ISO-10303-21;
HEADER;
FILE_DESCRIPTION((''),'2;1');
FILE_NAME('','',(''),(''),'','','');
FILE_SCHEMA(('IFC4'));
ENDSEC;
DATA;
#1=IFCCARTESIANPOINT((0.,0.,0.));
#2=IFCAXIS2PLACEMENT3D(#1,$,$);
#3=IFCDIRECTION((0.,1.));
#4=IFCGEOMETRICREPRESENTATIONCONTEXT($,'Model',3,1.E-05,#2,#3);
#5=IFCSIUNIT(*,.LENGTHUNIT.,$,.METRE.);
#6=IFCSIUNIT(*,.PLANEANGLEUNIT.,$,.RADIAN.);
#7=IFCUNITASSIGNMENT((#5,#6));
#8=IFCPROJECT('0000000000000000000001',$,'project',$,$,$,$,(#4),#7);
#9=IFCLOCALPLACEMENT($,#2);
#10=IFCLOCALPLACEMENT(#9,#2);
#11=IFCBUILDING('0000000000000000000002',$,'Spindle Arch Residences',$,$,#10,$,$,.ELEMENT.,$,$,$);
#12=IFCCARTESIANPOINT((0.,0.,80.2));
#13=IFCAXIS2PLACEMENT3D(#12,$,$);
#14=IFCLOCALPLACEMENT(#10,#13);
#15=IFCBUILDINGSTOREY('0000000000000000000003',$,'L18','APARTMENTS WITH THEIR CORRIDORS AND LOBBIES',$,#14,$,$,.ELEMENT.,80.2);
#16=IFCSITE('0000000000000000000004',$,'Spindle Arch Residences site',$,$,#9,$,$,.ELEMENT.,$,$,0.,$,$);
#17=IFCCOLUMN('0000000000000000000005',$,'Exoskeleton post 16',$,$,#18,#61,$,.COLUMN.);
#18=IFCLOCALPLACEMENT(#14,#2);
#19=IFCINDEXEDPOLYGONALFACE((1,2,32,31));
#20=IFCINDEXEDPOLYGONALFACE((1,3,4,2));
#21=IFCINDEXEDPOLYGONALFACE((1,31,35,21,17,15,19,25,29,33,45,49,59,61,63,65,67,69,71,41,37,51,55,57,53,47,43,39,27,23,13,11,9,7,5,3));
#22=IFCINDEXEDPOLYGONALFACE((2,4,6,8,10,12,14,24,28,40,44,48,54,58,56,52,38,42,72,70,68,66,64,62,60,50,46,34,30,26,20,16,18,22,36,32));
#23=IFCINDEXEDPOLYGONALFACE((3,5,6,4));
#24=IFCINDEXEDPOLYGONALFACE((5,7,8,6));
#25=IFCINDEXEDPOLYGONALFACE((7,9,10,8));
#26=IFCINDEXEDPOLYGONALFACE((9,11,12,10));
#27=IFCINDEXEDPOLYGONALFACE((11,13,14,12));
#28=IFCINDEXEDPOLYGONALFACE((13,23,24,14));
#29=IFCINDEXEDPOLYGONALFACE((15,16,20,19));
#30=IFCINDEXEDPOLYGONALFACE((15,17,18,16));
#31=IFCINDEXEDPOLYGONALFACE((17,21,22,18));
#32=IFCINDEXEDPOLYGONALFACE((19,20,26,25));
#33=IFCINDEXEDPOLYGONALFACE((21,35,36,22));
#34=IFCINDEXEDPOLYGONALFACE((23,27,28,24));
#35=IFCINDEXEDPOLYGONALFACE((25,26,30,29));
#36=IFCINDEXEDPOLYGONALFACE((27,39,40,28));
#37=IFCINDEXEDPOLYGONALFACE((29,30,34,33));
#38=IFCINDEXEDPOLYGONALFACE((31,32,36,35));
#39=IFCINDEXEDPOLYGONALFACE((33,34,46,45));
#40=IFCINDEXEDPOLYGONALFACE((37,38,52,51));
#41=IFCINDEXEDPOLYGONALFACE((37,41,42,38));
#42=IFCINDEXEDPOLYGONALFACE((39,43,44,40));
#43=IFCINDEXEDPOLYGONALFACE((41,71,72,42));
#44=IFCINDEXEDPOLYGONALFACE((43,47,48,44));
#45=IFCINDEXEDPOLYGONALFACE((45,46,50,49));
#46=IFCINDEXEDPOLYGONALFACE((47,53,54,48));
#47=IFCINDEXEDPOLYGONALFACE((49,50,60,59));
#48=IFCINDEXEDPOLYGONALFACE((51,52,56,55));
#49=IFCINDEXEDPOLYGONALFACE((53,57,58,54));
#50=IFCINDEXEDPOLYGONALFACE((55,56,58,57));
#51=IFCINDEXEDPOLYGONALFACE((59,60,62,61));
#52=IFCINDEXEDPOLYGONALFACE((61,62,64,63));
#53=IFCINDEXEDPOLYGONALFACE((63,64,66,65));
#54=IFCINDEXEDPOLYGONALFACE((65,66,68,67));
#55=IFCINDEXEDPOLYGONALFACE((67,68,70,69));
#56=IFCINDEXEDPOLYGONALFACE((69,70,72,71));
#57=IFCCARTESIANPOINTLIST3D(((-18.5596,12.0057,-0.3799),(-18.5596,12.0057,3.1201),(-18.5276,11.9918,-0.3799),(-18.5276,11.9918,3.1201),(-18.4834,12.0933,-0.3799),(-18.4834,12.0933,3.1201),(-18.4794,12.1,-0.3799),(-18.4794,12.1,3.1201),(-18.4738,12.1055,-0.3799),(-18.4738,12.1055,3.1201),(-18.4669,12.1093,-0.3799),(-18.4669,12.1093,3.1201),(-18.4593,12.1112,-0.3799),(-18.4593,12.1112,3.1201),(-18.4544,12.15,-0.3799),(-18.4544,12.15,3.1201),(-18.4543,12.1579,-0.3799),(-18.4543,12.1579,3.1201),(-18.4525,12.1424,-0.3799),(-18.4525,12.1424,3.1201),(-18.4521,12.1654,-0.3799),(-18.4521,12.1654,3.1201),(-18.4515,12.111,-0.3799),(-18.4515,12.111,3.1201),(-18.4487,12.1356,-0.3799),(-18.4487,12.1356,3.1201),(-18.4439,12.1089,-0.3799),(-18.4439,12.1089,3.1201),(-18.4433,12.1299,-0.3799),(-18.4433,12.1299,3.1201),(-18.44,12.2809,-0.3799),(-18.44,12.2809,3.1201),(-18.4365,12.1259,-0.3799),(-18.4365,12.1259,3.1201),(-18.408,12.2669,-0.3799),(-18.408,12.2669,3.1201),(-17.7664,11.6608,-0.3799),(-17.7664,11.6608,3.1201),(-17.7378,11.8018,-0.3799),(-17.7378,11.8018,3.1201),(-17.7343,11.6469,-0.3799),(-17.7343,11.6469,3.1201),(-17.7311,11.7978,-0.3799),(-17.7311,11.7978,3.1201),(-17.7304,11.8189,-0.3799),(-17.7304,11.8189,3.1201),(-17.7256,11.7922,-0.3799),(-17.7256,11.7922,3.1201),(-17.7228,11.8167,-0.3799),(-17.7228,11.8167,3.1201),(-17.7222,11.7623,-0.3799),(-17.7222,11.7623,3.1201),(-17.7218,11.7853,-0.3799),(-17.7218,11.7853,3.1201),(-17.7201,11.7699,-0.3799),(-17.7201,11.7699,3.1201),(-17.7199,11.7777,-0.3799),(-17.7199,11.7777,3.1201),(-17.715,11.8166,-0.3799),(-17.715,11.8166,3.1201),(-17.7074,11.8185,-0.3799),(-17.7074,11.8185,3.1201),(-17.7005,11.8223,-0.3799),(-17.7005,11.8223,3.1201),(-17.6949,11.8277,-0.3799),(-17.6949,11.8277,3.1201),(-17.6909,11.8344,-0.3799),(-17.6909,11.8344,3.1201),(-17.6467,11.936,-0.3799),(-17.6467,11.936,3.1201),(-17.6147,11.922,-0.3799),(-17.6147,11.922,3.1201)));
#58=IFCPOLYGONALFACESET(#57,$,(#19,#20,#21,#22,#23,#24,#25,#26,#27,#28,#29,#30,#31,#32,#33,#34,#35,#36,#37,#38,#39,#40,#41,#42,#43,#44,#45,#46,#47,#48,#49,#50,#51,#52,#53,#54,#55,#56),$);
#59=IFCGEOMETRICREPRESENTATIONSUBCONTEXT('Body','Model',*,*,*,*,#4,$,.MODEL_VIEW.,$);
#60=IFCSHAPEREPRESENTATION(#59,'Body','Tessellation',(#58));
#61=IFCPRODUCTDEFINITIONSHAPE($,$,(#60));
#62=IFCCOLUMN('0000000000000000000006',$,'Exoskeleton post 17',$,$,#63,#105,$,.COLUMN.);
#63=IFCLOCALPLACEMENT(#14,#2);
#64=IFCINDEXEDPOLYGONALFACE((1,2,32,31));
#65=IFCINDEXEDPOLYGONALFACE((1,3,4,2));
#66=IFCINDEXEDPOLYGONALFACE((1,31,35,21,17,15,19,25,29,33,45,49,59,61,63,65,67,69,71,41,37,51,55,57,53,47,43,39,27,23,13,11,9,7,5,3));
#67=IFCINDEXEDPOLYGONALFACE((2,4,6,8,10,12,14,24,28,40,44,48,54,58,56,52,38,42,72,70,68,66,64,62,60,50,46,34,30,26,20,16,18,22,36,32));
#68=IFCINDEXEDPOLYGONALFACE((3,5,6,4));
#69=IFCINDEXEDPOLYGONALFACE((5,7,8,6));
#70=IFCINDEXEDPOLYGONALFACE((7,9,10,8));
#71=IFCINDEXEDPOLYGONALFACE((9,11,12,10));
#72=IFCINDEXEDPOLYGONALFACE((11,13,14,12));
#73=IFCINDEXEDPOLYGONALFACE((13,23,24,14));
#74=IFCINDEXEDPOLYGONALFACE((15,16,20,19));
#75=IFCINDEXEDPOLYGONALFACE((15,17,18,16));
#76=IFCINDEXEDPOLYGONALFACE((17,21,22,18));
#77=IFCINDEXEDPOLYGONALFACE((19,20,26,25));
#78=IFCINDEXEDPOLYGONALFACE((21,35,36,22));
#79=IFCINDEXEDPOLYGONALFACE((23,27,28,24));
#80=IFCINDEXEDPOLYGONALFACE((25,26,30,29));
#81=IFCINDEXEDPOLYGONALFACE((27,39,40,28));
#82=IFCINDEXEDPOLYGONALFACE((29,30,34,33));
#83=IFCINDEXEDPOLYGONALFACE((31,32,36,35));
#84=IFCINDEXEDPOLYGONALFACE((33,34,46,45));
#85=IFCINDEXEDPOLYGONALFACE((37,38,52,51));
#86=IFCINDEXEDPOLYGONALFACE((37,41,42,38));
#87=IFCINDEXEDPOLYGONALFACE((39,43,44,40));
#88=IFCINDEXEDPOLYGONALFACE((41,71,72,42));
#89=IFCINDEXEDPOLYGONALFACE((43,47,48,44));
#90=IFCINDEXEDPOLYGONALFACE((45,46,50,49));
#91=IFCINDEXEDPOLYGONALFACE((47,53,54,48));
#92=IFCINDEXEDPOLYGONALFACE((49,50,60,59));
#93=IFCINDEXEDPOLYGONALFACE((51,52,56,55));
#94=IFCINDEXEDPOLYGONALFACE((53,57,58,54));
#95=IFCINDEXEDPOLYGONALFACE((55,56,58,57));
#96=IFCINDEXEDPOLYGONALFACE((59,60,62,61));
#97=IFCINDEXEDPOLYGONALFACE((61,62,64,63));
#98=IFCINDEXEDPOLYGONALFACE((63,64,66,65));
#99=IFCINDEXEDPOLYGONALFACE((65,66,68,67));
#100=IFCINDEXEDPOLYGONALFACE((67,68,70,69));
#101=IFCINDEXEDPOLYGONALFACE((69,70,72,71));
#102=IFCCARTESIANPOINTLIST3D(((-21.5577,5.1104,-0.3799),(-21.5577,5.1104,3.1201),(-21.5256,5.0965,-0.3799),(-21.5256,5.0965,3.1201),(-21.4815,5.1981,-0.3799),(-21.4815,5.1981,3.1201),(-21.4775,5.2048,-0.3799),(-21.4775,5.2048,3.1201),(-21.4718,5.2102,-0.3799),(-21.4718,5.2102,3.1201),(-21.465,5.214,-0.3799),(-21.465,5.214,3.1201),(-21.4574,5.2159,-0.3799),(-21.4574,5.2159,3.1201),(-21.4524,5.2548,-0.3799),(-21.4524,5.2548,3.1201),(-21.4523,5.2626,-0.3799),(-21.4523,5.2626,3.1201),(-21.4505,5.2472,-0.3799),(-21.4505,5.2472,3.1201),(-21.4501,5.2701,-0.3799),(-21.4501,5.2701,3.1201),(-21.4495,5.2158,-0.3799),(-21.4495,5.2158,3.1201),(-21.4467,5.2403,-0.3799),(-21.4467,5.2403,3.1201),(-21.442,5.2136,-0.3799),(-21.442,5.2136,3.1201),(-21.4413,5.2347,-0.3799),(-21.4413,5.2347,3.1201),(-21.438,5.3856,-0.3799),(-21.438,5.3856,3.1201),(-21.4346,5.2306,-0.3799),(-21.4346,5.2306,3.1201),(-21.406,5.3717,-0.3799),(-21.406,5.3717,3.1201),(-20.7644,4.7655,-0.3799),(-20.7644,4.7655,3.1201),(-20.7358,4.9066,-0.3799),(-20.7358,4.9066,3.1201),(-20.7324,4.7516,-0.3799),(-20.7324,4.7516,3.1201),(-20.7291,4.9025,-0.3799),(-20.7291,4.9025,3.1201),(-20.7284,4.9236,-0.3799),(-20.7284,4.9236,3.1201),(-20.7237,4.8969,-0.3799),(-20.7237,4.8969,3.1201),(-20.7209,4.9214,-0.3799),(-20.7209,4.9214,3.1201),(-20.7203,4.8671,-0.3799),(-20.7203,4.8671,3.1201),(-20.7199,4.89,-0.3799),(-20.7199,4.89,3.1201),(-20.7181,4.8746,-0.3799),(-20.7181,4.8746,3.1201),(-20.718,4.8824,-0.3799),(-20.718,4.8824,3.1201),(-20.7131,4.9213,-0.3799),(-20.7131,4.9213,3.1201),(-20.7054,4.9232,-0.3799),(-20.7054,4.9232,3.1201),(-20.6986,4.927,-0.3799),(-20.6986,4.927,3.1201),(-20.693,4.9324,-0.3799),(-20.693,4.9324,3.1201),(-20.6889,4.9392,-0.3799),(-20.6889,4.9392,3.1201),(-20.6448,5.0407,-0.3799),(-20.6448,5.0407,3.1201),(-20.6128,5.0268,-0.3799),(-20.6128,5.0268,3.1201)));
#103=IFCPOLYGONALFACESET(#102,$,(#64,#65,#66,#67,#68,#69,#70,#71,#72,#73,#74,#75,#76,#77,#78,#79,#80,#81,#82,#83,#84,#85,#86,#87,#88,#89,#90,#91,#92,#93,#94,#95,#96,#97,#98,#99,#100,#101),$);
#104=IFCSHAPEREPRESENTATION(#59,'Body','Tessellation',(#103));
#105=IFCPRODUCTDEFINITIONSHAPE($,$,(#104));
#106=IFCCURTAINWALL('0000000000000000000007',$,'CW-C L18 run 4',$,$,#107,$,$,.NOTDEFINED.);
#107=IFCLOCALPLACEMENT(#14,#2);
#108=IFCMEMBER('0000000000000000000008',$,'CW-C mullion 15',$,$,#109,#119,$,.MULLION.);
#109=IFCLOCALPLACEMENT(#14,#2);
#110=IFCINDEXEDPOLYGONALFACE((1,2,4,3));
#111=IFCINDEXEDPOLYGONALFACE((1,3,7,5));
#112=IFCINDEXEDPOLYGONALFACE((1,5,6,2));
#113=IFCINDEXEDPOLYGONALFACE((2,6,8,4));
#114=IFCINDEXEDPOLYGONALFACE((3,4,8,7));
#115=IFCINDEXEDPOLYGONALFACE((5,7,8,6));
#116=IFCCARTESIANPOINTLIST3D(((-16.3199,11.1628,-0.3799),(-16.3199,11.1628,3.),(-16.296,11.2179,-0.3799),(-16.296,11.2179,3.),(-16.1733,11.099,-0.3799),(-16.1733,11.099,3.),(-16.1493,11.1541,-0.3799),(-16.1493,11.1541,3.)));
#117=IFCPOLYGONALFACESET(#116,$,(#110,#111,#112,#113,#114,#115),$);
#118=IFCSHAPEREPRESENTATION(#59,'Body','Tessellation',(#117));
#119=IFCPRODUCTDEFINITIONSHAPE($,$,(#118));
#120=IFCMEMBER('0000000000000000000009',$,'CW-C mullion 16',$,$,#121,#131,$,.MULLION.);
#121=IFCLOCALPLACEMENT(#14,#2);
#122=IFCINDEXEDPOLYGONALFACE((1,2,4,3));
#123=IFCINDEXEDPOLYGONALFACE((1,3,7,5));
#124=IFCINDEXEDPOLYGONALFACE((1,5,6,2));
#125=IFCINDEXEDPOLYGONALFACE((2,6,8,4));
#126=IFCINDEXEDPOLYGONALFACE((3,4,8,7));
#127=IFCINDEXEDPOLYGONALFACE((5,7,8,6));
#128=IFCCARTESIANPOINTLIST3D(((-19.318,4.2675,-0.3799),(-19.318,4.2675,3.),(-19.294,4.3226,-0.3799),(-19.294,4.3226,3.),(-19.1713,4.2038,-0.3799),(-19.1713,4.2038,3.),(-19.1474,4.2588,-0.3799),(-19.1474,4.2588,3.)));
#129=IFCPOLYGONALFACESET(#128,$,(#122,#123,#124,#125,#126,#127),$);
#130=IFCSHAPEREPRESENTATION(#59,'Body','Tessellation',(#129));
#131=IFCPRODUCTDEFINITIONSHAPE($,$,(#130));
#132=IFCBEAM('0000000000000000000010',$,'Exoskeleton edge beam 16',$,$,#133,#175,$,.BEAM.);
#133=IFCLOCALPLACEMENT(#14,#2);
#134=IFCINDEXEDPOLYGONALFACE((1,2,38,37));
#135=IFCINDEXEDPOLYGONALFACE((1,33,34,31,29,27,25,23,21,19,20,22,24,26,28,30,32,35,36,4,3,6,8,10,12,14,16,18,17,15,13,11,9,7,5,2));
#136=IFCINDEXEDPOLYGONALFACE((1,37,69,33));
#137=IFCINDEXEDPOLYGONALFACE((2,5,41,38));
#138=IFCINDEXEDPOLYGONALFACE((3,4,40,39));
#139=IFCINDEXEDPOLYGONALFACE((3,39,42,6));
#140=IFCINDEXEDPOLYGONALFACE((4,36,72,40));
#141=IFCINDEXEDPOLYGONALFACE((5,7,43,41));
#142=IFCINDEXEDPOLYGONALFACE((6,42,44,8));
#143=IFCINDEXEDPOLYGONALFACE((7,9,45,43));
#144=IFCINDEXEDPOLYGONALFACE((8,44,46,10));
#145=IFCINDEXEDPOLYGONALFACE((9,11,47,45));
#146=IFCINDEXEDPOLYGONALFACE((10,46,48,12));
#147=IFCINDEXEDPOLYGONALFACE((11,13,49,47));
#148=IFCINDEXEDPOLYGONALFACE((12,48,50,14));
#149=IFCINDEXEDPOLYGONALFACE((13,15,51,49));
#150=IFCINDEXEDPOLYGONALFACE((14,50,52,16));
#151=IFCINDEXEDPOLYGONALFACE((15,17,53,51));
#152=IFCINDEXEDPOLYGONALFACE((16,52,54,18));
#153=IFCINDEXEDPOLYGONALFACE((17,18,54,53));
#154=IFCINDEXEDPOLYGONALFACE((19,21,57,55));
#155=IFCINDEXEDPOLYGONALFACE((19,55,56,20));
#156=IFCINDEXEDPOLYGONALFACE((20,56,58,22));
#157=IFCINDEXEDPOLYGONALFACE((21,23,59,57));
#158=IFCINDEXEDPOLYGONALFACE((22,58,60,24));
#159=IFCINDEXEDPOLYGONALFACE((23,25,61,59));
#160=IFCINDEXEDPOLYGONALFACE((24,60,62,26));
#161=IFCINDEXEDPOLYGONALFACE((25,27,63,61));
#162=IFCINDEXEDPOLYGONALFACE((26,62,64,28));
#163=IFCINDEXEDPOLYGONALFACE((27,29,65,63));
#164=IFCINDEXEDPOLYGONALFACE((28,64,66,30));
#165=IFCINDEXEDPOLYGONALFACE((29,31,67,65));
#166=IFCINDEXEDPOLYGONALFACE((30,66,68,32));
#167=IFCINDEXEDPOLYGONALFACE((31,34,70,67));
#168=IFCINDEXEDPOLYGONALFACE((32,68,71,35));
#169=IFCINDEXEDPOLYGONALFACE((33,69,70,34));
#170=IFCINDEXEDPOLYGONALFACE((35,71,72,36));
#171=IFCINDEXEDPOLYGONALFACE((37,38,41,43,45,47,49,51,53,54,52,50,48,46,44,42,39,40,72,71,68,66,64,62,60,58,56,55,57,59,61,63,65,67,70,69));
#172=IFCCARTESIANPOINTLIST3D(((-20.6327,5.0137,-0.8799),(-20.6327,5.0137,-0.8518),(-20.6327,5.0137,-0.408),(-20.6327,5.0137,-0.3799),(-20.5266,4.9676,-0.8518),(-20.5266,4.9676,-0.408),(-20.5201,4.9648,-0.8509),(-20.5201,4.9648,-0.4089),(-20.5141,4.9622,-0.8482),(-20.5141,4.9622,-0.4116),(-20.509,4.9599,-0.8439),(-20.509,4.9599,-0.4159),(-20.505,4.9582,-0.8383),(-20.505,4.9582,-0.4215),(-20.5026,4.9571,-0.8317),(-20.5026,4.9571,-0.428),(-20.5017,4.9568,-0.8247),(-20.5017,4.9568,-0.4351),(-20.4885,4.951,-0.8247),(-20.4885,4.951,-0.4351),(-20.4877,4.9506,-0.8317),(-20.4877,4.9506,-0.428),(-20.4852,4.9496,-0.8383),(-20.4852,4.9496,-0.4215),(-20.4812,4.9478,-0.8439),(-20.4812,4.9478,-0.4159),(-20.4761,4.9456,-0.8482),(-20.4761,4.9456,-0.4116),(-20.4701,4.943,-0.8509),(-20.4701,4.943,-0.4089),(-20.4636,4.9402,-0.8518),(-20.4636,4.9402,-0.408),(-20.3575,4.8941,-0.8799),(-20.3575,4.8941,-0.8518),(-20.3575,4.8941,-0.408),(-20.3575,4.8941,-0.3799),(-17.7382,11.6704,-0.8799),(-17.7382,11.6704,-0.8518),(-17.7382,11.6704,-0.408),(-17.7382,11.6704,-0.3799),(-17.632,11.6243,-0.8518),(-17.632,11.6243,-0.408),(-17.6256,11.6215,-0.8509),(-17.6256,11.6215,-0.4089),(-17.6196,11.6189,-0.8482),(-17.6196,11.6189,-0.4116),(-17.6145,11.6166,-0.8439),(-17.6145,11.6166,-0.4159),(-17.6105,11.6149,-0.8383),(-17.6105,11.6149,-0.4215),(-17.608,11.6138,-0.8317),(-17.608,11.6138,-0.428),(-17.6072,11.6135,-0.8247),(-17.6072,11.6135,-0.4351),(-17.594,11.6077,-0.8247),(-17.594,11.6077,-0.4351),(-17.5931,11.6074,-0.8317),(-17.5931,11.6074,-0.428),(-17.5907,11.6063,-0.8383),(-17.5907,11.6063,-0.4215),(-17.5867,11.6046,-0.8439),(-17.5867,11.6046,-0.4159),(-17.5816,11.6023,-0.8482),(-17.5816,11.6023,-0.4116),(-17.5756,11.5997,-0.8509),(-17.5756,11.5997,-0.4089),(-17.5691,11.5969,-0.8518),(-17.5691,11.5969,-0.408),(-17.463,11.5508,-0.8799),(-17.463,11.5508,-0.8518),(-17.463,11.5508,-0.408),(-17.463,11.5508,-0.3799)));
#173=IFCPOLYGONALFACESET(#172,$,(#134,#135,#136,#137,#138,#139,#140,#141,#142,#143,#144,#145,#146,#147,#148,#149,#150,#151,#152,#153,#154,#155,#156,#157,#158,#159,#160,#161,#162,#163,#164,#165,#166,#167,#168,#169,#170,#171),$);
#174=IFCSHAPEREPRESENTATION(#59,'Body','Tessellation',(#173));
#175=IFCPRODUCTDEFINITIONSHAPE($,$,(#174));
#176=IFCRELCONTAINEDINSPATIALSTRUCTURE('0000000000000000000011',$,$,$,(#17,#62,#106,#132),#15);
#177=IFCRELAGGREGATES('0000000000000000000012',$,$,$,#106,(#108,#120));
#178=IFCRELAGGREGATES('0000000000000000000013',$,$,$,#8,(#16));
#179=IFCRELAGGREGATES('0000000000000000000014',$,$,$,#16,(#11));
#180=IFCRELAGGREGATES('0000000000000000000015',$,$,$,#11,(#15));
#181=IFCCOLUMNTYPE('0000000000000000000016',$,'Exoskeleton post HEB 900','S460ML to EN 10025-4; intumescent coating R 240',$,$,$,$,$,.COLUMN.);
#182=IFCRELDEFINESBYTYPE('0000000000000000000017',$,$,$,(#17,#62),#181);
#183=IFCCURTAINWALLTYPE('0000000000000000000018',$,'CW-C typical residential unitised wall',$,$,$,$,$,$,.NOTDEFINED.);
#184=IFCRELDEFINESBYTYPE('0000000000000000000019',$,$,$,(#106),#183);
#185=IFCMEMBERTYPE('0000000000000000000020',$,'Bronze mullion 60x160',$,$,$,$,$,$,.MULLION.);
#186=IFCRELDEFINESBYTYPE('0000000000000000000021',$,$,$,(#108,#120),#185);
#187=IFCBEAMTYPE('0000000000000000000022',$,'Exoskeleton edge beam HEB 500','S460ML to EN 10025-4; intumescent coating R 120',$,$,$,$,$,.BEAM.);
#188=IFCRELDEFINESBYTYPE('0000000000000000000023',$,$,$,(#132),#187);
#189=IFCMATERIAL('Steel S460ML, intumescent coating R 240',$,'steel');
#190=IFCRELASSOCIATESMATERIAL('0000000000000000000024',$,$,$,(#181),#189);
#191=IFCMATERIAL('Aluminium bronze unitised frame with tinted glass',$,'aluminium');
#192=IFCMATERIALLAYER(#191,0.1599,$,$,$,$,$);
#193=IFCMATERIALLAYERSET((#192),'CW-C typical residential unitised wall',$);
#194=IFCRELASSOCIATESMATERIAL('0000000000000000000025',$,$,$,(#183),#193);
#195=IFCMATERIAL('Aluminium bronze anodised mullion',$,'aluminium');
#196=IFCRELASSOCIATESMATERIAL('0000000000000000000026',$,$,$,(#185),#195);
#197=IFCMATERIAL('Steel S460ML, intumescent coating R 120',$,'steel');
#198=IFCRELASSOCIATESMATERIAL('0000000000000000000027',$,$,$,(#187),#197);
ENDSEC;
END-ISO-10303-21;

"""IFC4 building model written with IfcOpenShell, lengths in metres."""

from ifc_helpers import new_model, si_unit, direction, frame, origin, origin_2d, place, context, subcontext, project, spatial, rectangle, i_section, extrude, material, layer, layer_set, material_profile, profile_set, type_object, element, aggregate, save


model = new_model("IFC4")

# Units and contexts
model_context = context("Model", 3, precision=1e-05, world=origin(), true_north=direction((0.0, 1.0)))
body_context = subcontext(model_context, "Body", "Model", "MODEL_VIEW")
ifc_project = project(units=[si_unit("LENGTHUNIT", "METRE"), si_unit("PLANEANGLEUNIT", "RADIAN")], contexts=[model_context])

# Site, building, storey
site_placement = place(None, origin())
site = spatial("IfcSite", under=ifc_project, at=site_placement, Name="Spindle Arch Residences site", CompositionType="ELEMENT", RefElevation=0.0)
building_placement = place(site_placement, origin())
building = spatial("IfcBuilding", under=site, at=building_placement, Name="Spindle Arch Residences", CompositionType="ELEMENT")
storey_placement = place(building_placement, frame((0.0, 0.0, 80.2)))
storey = spatial("IfcBuildingStorey", under=building, at=storey_placement, Name="L18", Description="APARTMENTS WITH THEIR CORRIDORS AND LOBBIES", CompositionType="ELEMENT", Elevation=80.2)

# Columns
ifc_material_1 = material(Name="Steel S460ML, intumescent coating R 240", Category="steel")
ifc_material_profile_1 = material_profile(ifc_material_1, i_section(OverallWidth=0.3, OverallDepth=0.8999, WebThickness=0.0186, FlangeThickness=0.0349, FilletRadius=0.03, at=origin_2d()), Name="HEB 900")
ifc_profile_set_1 = profile_set([ifc_material_profile_1], Name="Steel S460ML, intumescent coating R 240")
column_type = type_object("IfcColumnType", Name="Exoskeleton post HEB 900", Description="S460ML to EN 10025-4; intumescent coating R 240", PredefinedType="COLUMN", material=ifc_profile_set_1)
for number, where, z_axis, x_axis, name in (
    (1, (-18.0872, 11.9639, -0.3799), (0.0, 0.0, 1.0), (0.398749, 0.91706, 0.0), "Exoskeleton post 16"),
    (2, (-21.0852, 5.0686, -0.3799), (0.0, 0.0, 1.0), (0.398749, 0.91706, 0.0), "Exoskeleton post 17"),
):
    element("IfcColumn", number, at=place(storey_placement, frame(where, z_axis=z_axis, x_axis=x_axis)), inside=storey, type_object=column_type, Name=name, PredefinedType="COLUMN", context=body_context, shape_type="SweptSolid", body=[
        extrude(i_section(OverallWidth=0.3, OverallDepth=0.8999, WebThickness=0.0186, FlangeThickness=0.0349, FilletRadius=0.03, at=origin_2d()), origin(), (0.0, 0.0, 1.0), 3.5),
    ])

# Curtain wall, members
ifc_material_2 = material(Name="Aluminium bronze unitised frame with tinted glass", Category="aluminium")
ifc_layer_1 = layer(ifc_material_2, 0.1599)
ifc_layer_set_1 = layer_set([ifc_layer_1], Name="CW-C typical residential unitised wall")
curtain_wall_type = type_object("IfcCurtainWallType", Name="CW-C typical residential unitised wall", PredefinedType="NOTDEFINED", material=ifc_layer_set_1)
curtain_wall_placement = place(storey_placement, origin())
curtain_wall = element("IfcCurtainWall", 3, at=curtain_wall_placement, inside=storey, type_object=curtain_wall_type, Name="CW-C L18 run 4", PredefinedType="NOTDEFINED")
ifc_material_3 = material(Name="Aluminium bronze anodised mullion", Category="aluminium")
ifc_material_profile_2 = material_profile(ifc_material_3, rectangle(XDim=0.1599, YDim=0.0601, at=origin_2d()), Name="MU 60x160")
ifc_profile_set_2 = profile_set([ifc_material_profile_2], Name="Aluminium bronze anodised mullion")
member_type = type_object("IfcMemberType", Name="Bronze mullion 60x160", PredefinedType="MULLION", material=ifc_profile_set_2)
member_1_placement = place(storey_placement, frame((-16.2346, 11.1584, -0.3799), z_axis=(0.0, 0.0, 1.0), x_axis=(0.91706, -0.398749, 0.0)))
member_1 = element("IfcMember", 4, at=member_1_placement, type_object=member_type, Name="CW-C mullion 15", PredefinedType="MULLION", context=body_context, shape_type="SweptSolid", body=[
    extrude(rectangle(XDim=0.1599, YDim=0.0601, at=origin_2d()), origin(), (0.0, 0.0, 1.0), 3.3799),
])
member_2_placement = place(storey_placement, frame((-19.2327, 4.2632, -0.3799), z_axis=(0.0, 0.0, 1.0), x_axis=(0.91706, -0.398749, 0.0)))
member_2 = element("IfcMember", 5, at=member_2_placement, type_object=member_type, Name="CW-C mullion 16", PredefinedType="MULLION", context=body_context, shape_type="SweptSolid", body=[
    extrude(rectangle(XDim=0.1599, YDim=0.0601, at=origin_2d()), origin(), (0.0, 0.0, 1.0), 3.3799),
])

# Beam
ifc_material_4 = material(Name="Steel S460ML, intumescent coating R 120", Category="steel")
ifc_material_profile_3 = material_profile(ifc_material_4, i_section(OverallWidth=0.3, OverallDepth=0.5, WebThickness=0.0144, FlangeThickness=0.0281, FilletRadius=0.0271, at=origin_2d()), Name="HEB 500")
ifc_profile_set_3 = profile_set([ifc_material_profile_3], Name="Steel S460ML, intumescent coating R 120")
beam_type_1 = type_object("IfcBeamType", Name="Exoskeleton edge beam HEB 500", Description="S460ML to EN 10025-4; intumescent coating R 120", PredefinedType="BEAM", material=ifc_profile_set_3)
for number, where, z_axis, x_axis, name in (
    (6, (-17.6006, 11.6106, -0.6299), (-0.398761, -0.917055, 0.0), (0.917055, -0.398761, 0.0), "Exoskeleton edge beam 16"),
):
    element("IfcBeam", number, at=place(storey_placement, frame(where, z_axis=z_axis, x_axis=x_axis)), inside=storey, type_object=beam_type_1, Name=name, PredefinedType="BEAM", context=body_context, shape_type="SweptSolid", body=[
        extrude(i_section(OverallWidth=0.3, OverallDepth=0.5, WebThickness=0.0144, FlangeThickness=0.0281, FilletRadius=0.0271, at=origin_2d()), origin(), (0.0, 0.0, 1.0), 7.2588),
    ])

aggregate(curtain_wall, [member_1, member_2])

save(model, "model.ifc")
